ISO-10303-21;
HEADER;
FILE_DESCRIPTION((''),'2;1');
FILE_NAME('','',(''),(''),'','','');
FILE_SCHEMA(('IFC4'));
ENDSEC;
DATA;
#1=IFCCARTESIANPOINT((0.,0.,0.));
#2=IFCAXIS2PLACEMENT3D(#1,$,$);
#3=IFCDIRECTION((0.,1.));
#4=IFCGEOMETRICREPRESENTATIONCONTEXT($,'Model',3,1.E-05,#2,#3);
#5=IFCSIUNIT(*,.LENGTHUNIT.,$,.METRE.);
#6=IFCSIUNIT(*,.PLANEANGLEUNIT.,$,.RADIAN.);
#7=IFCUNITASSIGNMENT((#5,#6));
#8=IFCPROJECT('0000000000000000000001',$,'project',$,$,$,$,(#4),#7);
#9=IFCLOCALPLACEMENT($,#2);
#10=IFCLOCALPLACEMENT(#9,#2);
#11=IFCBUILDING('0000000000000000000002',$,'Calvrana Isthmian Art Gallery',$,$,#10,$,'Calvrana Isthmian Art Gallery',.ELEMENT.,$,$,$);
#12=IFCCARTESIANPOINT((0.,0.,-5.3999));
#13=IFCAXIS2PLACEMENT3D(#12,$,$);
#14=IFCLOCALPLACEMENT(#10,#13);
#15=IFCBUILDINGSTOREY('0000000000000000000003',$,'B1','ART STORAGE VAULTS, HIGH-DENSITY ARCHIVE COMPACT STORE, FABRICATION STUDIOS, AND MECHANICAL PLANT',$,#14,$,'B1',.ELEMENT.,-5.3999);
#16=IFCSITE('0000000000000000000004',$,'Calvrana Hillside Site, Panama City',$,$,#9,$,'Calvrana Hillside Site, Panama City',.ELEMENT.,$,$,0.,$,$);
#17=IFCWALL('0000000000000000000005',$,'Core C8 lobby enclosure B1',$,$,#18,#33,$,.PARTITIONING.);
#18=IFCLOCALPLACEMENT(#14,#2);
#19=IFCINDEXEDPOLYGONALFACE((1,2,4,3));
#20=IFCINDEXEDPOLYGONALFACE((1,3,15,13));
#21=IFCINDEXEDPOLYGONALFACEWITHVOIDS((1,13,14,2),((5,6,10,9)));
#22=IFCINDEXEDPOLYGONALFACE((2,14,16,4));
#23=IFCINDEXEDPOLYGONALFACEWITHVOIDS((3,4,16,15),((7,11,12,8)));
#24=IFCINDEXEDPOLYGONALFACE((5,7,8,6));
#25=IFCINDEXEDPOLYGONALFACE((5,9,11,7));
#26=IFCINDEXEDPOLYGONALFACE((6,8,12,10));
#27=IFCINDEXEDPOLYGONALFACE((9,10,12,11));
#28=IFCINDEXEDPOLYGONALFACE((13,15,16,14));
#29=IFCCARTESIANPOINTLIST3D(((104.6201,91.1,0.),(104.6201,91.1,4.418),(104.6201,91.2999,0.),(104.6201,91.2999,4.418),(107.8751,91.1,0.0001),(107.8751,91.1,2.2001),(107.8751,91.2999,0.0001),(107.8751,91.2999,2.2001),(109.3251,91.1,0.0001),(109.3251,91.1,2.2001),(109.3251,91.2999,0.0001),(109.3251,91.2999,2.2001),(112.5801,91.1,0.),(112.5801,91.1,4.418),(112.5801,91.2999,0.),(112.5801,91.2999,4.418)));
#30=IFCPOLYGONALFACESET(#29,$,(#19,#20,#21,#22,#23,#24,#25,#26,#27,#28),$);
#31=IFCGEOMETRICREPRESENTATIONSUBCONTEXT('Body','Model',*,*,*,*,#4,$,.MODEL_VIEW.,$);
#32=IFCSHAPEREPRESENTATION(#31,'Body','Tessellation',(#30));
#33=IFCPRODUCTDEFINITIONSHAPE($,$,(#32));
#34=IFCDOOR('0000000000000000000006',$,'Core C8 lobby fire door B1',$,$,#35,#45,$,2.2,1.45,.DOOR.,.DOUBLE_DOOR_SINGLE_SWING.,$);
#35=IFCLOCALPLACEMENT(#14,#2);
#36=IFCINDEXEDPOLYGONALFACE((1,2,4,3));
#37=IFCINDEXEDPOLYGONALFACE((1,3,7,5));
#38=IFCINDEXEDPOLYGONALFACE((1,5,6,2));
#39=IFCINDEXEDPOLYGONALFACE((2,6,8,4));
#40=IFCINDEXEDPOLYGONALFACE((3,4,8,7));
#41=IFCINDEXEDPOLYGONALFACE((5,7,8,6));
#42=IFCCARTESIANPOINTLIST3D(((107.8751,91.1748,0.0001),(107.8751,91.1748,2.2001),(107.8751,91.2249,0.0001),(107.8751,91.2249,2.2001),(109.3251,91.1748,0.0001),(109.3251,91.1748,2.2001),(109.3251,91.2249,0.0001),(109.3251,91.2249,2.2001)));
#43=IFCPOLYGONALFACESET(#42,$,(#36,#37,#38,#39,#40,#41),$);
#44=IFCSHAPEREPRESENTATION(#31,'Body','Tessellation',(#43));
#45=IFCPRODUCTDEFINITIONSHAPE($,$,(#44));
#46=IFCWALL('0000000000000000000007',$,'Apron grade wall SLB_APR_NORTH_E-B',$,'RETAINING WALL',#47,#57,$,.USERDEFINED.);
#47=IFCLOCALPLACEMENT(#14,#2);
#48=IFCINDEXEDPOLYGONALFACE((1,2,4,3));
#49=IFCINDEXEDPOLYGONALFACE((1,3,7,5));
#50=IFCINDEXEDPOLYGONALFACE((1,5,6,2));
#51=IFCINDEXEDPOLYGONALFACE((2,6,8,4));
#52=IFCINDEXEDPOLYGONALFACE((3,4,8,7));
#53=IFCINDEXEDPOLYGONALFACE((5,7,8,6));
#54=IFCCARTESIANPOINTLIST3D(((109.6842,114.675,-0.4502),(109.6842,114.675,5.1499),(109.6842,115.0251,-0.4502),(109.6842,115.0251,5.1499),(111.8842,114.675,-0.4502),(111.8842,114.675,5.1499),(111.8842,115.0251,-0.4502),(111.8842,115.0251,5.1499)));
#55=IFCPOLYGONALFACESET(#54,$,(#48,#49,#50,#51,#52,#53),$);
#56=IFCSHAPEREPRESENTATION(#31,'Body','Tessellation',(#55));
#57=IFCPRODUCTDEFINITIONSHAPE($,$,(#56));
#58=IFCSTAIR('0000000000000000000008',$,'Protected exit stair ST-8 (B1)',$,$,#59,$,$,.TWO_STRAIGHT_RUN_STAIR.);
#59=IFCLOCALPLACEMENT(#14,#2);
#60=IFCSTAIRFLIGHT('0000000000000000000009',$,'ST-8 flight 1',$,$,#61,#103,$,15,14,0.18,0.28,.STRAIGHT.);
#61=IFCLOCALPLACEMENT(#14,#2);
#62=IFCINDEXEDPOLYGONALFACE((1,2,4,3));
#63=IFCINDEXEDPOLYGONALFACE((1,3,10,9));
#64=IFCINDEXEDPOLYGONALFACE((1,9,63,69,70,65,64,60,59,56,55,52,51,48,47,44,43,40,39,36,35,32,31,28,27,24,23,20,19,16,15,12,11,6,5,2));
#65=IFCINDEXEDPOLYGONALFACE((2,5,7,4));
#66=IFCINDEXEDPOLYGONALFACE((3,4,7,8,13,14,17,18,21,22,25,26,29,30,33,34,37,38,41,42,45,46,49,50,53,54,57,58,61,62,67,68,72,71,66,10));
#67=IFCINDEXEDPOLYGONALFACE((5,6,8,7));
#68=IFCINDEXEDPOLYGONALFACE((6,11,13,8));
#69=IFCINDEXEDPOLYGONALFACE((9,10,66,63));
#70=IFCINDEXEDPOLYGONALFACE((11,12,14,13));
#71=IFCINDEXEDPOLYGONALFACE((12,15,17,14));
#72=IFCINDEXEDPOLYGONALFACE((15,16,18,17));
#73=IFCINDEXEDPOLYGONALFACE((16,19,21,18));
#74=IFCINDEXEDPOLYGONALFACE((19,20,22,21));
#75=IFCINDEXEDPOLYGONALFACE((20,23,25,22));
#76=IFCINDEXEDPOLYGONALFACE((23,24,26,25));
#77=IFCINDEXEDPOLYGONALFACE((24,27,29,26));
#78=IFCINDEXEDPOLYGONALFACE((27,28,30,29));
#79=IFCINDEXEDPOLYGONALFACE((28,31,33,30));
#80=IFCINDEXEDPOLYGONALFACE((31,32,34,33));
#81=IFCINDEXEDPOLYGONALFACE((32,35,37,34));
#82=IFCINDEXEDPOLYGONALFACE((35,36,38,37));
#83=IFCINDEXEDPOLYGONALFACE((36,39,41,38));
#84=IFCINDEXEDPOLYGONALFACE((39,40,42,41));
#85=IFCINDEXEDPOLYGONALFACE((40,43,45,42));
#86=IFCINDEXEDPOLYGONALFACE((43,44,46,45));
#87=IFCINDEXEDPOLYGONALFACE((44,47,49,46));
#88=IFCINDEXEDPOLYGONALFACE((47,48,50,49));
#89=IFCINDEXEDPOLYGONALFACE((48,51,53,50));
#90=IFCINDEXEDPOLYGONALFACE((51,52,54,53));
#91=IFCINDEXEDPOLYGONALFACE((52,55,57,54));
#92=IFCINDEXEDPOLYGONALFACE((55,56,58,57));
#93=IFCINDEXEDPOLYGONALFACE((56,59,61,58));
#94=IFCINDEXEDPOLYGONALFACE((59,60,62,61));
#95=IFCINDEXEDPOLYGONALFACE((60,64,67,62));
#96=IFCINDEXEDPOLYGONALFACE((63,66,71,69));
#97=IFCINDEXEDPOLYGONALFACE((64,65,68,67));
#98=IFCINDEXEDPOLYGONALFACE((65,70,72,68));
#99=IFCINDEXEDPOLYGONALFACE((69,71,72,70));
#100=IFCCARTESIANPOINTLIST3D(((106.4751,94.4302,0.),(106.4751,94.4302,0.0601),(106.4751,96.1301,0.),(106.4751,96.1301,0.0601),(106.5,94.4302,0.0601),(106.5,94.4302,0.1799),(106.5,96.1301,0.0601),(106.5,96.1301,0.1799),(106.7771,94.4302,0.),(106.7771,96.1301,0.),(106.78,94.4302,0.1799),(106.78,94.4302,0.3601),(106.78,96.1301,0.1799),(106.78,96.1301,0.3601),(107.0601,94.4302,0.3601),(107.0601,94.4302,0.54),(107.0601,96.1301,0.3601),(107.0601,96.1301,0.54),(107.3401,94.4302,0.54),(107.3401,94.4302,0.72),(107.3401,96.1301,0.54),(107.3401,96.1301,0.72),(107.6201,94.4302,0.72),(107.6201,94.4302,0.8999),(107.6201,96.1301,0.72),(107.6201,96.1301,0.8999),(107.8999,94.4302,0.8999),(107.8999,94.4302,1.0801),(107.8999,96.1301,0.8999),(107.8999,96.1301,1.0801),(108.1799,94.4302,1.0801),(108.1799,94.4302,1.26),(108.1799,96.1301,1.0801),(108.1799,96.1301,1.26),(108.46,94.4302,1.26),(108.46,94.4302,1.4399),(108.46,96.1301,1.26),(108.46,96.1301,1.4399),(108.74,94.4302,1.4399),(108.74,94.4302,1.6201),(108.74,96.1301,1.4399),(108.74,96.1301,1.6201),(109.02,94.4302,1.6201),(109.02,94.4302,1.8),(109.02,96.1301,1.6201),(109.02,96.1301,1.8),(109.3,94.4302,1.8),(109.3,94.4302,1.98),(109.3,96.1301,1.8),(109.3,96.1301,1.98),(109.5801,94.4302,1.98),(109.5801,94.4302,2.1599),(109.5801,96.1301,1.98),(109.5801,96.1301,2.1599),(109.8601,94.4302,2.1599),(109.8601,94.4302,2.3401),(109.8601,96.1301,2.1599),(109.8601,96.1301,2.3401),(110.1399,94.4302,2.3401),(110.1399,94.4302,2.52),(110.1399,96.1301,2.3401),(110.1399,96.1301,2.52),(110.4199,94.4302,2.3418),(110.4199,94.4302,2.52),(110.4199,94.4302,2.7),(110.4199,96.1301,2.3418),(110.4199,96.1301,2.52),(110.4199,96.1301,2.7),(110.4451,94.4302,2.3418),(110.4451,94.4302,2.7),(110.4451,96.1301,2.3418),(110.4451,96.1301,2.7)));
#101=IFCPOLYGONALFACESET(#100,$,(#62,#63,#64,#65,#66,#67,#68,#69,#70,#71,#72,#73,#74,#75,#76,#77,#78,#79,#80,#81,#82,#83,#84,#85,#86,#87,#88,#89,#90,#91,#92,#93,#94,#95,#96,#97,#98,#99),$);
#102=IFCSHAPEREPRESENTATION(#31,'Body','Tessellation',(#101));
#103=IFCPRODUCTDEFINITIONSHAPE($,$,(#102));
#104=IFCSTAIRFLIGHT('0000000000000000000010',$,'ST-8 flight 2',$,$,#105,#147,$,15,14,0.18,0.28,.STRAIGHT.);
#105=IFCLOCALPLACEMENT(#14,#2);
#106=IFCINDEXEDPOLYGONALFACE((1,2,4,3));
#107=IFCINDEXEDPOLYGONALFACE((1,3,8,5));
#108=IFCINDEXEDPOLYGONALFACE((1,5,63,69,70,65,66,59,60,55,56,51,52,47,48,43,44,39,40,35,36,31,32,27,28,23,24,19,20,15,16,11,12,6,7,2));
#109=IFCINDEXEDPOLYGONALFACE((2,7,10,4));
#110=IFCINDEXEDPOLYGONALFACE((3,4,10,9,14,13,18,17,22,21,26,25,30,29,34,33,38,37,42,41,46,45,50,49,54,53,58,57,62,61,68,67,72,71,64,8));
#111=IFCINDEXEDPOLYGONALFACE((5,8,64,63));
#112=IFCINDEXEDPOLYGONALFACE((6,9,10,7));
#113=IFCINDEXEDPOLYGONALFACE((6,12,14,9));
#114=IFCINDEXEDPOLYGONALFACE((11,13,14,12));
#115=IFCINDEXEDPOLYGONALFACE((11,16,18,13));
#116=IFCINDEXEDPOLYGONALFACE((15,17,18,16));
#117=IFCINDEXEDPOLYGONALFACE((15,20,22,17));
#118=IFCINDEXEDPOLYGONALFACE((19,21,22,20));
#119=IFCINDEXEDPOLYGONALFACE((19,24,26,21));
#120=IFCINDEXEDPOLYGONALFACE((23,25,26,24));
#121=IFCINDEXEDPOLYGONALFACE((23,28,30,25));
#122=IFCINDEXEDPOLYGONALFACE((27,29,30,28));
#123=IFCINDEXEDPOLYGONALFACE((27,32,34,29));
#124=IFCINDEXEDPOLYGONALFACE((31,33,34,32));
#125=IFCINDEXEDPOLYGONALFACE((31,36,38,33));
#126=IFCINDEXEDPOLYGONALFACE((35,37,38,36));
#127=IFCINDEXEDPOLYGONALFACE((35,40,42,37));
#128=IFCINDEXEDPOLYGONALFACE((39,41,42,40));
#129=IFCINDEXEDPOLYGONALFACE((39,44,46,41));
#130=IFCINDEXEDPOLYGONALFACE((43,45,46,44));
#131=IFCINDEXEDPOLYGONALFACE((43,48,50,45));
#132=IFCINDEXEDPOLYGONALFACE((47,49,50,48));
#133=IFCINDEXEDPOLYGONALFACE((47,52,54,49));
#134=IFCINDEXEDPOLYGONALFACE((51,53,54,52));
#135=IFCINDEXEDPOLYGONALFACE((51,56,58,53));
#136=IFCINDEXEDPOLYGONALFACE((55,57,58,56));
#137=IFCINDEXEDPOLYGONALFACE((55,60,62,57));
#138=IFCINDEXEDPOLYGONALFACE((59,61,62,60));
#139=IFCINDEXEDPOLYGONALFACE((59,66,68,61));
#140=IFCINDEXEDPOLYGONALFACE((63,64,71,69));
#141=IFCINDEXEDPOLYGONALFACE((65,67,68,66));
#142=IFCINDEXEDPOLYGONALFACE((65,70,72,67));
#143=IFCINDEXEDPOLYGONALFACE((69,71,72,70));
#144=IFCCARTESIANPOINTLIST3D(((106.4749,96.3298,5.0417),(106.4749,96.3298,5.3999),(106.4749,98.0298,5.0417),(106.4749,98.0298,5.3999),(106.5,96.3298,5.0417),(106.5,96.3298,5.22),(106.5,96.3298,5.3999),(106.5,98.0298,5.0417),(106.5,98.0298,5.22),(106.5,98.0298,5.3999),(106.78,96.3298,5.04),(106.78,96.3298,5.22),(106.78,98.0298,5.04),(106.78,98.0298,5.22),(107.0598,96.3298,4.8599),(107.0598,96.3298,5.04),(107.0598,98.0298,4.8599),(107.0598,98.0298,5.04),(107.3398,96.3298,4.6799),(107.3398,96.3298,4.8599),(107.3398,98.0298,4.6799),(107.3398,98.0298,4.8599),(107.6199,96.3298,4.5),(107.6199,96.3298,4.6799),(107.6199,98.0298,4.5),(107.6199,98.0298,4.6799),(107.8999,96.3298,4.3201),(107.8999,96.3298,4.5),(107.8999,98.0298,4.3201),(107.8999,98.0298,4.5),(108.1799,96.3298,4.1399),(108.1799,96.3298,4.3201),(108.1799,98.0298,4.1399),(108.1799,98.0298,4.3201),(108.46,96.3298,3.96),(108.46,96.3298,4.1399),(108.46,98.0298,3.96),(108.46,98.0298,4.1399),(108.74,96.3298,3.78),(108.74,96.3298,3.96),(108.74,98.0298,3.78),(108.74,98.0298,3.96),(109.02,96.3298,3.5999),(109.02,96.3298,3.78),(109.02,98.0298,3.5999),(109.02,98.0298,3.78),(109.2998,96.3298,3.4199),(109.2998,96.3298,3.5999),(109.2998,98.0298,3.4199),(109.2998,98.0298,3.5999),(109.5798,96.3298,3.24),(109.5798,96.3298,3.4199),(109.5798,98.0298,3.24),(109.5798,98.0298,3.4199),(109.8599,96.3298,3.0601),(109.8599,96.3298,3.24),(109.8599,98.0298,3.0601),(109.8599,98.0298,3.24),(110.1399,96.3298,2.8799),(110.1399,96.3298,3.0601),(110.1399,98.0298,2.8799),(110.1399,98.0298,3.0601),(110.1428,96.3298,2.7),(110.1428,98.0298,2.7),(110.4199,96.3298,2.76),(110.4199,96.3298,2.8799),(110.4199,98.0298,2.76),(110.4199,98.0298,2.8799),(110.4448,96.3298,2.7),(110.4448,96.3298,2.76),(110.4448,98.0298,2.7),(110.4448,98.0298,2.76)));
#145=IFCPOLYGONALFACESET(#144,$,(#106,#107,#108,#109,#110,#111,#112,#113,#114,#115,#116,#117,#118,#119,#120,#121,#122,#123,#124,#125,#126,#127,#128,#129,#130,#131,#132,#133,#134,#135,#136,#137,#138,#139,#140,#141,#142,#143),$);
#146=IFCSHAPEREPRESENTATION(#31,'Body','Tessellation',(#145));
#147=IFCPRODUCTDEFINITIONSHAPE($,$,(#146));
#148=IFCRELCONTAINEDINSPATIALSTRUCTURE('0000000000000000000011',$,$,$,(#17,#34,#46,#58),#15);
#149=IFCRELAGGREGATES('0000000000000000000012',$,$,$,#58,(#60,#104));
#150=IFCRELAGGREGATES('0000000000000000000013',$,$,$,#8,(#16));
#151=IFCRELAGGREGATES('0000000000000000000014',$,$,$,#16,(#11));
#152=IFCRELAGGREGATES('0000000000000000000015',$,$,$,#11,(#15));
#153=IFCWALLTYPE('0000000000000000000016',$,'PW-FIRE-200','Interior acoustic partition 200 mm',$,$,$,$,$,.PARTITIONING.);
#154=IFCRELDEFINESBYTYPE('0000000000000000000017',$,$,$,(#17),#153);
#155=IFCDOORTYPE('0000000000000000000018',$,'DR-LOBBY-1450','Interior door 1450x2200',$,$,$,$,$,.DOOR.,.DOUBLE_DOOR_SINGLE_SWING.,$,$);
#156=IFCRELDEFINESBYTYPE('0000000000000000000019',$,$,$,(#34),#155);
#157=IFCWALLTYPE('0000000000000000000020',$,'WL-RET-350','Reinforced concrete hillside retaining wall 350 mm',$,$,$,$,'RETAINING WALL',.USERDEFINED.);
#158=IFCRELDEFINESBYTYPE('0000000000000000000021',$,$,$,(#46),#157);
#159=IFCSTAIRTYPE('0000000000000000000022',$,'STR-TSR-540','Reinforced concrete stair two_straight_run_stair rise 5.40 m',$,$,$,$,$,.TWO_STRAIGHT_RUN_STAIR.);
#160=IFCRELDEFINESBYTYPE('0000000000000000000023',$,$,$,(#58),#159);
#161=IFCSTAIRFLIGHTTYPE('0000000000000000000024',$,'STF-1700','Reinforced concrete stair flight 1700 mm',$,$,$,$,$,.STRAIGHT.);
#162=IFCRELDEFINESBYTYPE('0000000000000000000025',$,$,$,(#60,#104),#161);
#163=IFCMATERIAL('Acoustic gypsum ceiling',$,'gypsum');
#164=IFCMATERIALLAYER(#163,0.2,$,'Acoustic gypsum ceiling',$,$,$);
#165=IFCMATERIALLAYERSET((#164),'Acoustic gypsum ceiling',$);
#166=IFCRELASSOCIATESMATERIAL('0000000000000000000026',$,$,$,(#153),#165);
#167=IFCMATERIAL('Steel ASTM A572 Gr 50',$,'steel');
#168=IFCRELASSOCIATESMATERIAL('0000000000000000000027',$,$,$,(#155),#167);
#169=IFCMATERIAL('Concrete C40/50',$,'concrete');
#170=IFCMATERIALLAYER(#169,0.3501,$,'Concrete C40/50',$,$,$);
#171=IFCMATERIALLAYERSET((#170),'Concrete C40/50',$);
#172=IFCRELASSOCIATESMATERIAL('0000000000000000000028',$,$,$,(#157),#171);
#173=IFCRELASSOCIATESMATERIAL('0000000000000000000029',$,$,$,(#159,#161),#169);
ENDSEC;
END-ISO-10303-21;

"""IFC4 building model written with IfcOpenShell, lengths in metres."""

from ifc_helpers import new_model, si_unit, direction, frame, frame_2d, origin, place, context, subcontext, project, spatial, polyline, rectangle, outline, extrude, material, layer, layer_set, type_object, element, fill, aggregate, save


model = new_model("IFC4")

# Units and contexts
model_context = context("Model", 3, precision=1e-05, world=origin(), true_north=direction((0.0, 1.0)))
body_context = subcontext(model_context, "Body", "Model", "MODEL_VIEW")
ifc_project = project(units=[si_unit("LENGTHUNIT", "METRE"), si_unit("PLANEANGLEUNIT", "RADIAN")], contexts=[model_context])

# Site, building, storey
site_placement = place(None, origin())
site = spatial("IfcSite", under=ifc_project, at=site_placement, Name="Calvrana Hillside Site, Panama City", LongName="Calvrana Hillside Site, Panama City", CompositionType="ELEMENT", RefElevation=0.0)
building_placement = place(site_placement, origin())
building = spatial("IfcBuilding", under=site, at=building_placement, Name="Calvrana Isthmian Art Gallery", LongName="Calvrana Isthmian Art Gallery", CompositionType="ELEMENT")
storey_placement = place(building_placement, frame((0.0, 0.0, -5.3999)))
storey = spatial("IfcBuildingStorey", under=building, at=storey_placement, Name="B1", Description="ART STORAGE VAULTS, HIGH-DENSITY ARCHIVE COMPACT STORE, FABRICATION STUDIOS, AND MECHANICAL PLANT", LongName="B1", CompositionType="ELEMENT", Elevation=-5.3999)

# Shared definitions
ifc_material_1 = material(Name="Steel ASTM A572 Gr 50", Category="steel")

# Shared definitions
ifc_material_2 = material(Name="Concrete C40/50", Category="concrete")

# Shared definitions
ifc_material_3 = material(Name="Acoustic gypsum ceiling", Category="gypsum")
ifc_layer_1 = layer(ifc_material_3, 0.2, Name="Acoustic gypsum ceiling")
ifc_layer_set_1 = layer_set([ifc_layer_1], Name="Acoustic gypsum ceiling")
wall_type_1 = type_object("IfcWallType", Name="PW-FIRE-200", Description="Interior acoustic partition 200 mm", PredefinedType="PARTITIONING", material=ifc_layer_set_1)

# Wall, opening, door
wall_1_placement = place(storey_placement, frame((104.6201, 91.2, 0.0), z_axis=(0.0, 0.0, 1.0), x_axis=(1.0, 0.0, 0.0)))
wall_1 = element("IfcWall", 1, at=wall_1_placement, inside=storey, type_object=wall_type_1, Name="Core C8 lobby enclosure B1", PredefinedType="PARTITIONING", context=body_context, shape_type="SweptSolid", body=[
    extrude(rectangle(XDim=7.96, YDim=0.2, at=frame_2d((3.98, 0.0))), origin(), (0.0, 0.0, 1.0), 4.418),
])
opening_1_placement = place(wall_1_placement, frame((3.2549, 0.0, 0.0)))
opening_1 = element("IfcOpeningElement", 2, at=opening_1_placement, cuts=wall_1, PredefinedType="OPENING", context=body_context, shape_type="SweptSolid", body=[
    extrude(rectangle(XDim=1.45, YDim=2.2, at=frame_2d((0.7251, 1.1001))), frame((0.0, 0.1104, 0.0), z_axis=(0.0, -1.0, 0.0), x_axis=(1.0, 0.0, 0.0)), (0.0, 0.0, 1.0), 0.2205),
])
door_type_1 = type_object("IfcDoorType", Name="DR-LOBBY-1450", Description="Interior door 1450x2200", OperationType="DOUBLE_DOOR_SINGLE_SWING", PredefinedType="DOOR", material=ifc_material_1)
door_1_placement = place(opening_1_placement, origin())
door_1 = element("IfcDoor", 3, at=door_1_placement, inside=storey, type_object=door_type_1, Name="Core C8 lobby fire door B1", OperationType="DOUBLE_DOOR_SINGLE_SWING", OverallHeight=2.2, OverallWidth=1.45, PredefinedType="DOOR", context=body_context, shape_type="SweptSolid", body=[
    extrude(rectangle(XDim=1.45, YDim=2.2, at=frame_2d((0.7251, 1.1001))), frame((0.0, 0.0249, 0.0), z_axis=(0.0, -1.0, 0.0), x_axis=(1.0, 0.0, 0.0)), (0.0, 0.0, 1.0), 0.05),
])
fill(opening_1, door_1)

# Wall
ifc_layer_2 = layer(ifc_material_2, 0.3501, Name="Concrete C40/50")
ifc_layer_set_2 = layer_set([ifc_layer_2], Name="Concrete C40/50")
wall_type_2 = type_object("IfcWallType", Name="WL-RET-350", Description="Reinforced concrete hillside retaining wall 350 mm", ElementType="RETAINING WALL", PredefinedType="USERDEFINED", material=ifc_layer_set_2)
wall_2_placement = place(storey_placement, frame((109.6841, 114.8501, -0.4502), z_axis=(0.0, 0.0, 1.0), x_axis=(1.0, 0.0, 0.0)))
element("IfcWall", 4, at=wall_2_placement, inside=storey, type_object=wall_type_2, Name="Apron grade wall SLB_APR_NORTH_E-B", ObjectType="RETAINING WALL", PredefinedType="USERDEFINED", context=body_context, shape_type="SweptSolid", body=[
    extrude(rectangle(XDim=2.2, YDim=0.3501, at=frame_2d((1.1001, 0.0))), origin(), (0.0, 0.0, 1.0), 5.6001),
])

# Stair, stair flights
stair_type = type_object("IfcStairType", Name="STR-TSR-540", Description="Reinforced concrete stair two_straight_run_stair rise 5.40 m", PredefinedType="TWO_STRAIGHT_RUN_STAIR", material=ifc_material_2)
stair_placement = place(storey_placement, origin())
stair = element("IfcStair", 5, at=stair_placement, inside=storey, type_object=stair_type, Name="Protected exit stair ST-8 (B1)", PredefinedType="TWO_STRAIGHT_RUN_STAIR")
stair_flight_type = type_object("IfcStairFlightType", Name="STF-1700", Description="Reinforced concrete stair flight 1700 mm", PredefinedType="STRAIGHT", material=ifc_material_2)
stair_flight_1_placement = place(storey_placement, frame((106.5, 95.28, 0.0), z_axis=(0.0, 0.0, 1.0), x_axis=(1.0, 0.0, 0.0)))
stair_flight_1 = element("IfcStairFlight", 6, at=stair_flight_1_placement, type_object=stair_flight_type, Name="ST-8 flight 1", NumberOfRisers=15, NumberOfTreads=14, PredefinedType="STRAIGHT", RiserHeight=0.18, TreadLength=0.28, context=body_context, shape_type="SweptSolid", body=[
    extrude(outline(polyline([(-0.0249, 0.0), (-0.0249, 0.0601), (0.0, 0.0601), (0.0, 0.1799), (0.28, 0.1799), (0.28, 0.3601), (0.5601, 0.3601), (0.5601, 0.54), (0.8401, 0.54), (0.8401, 0.72), (1.1201, 0.72), (1.1201, 0.8999), (1.3999, 0.8999), (1.3999, 1.0801), (1.6799, 1.0801), (1.6799, 1.26), (1.96, 1.26), (1.96, 1.4399), (2.24, 1.4399), (2.24, 1.6201), (2.52, 1.6201), (2.52, 1.8), (2.8, 1.8), (2.8, 1.98), (3.0801, 1.98), (3.0801, 2.1599), (3.3601, 2.1599), (3.3601, 2.3401), (3.6399, 2.3401), (3.6399, 2.52), (3.9199, 2.52), (3.9199, 2.7), (3.9451, 2.7), (3.9451, 2.3418), (3.9199, 2.3418), (0.2771, 0.0), (-0.0249, 0.0)])), frame((0.0, 0.8501, 0.0), z_axis=(0.0, -1.0, 0.0), x_axis=(1.0, 0.0, 0.0)), (0.0, 0.0, 1.0), 1.7),
])
stair_flight_2_placement = place(storey_placement, frame((110.4199, 97.1799, 2.7), z_axis=(0.0, 0.0, 1.0), x_axis=(-1.0, 0.0, 0.0)))
stair_flight_2 = element("IfcStairFlight", 7, at=stair_flight_2_placement, type_object=stair_flight_type, Name="ST-8 flight 2", NumberOfRisers=15, NumberOfTreads=14, PredefinedType="STRAIGHT", RiserHeight=0.18, TreadLength=0.28, context=body_context, shape_type="SweptSolid", body=[
    extrude(outline(polyline([(-0.0249, 0.0), (-0.0249, 0.0601), (0.0, 0.0601), (0.0, 0.1799), (0.28, 0.1799), (0.28, 0.3601), (0.5601, 0.3601), (0.5601, 0.54), (0.8401, 0.54), (0.8401, 0.72), (1.1201, 0.72), (1.1201, 0.8999), (1.3999, 0.8999), (1.3999, 1.0801), (1.6799, 1.0801), (1.6799, 1.26), (1.96, 1.26), (1.96, 1.4399), (2.24, 1.4399), (2.24, 1.6201), (2.52, 1.6201), (2.52, 1.8), (2.8, 1.8), (2.8, 1.98), (3.0801, 1.98), (3.0801, 2.1599), (3.3601, 2.1599), (3.3601, 2.3401), (3.6399, 2.3401), (3.6399, 2.52), (3.9199, 2.52), (3.9199, 2.7), (3.9451, 2.7), (3.9451, 2.3418), (3.9199, 2.3418), (0.2771, 0.0), (-0.0249, 0.0)])), frame((0.0, 0.8501, 0.0), z_axis=(0.0, -1.0, 0.0), x_axis=(1.0, 0.0, 0.0)), (0.0, 0.0, 1.0), 1.7),
])
aggregate(stair, [stair_flight_1, stair_flight_2])

save(model, "model.ifc")
